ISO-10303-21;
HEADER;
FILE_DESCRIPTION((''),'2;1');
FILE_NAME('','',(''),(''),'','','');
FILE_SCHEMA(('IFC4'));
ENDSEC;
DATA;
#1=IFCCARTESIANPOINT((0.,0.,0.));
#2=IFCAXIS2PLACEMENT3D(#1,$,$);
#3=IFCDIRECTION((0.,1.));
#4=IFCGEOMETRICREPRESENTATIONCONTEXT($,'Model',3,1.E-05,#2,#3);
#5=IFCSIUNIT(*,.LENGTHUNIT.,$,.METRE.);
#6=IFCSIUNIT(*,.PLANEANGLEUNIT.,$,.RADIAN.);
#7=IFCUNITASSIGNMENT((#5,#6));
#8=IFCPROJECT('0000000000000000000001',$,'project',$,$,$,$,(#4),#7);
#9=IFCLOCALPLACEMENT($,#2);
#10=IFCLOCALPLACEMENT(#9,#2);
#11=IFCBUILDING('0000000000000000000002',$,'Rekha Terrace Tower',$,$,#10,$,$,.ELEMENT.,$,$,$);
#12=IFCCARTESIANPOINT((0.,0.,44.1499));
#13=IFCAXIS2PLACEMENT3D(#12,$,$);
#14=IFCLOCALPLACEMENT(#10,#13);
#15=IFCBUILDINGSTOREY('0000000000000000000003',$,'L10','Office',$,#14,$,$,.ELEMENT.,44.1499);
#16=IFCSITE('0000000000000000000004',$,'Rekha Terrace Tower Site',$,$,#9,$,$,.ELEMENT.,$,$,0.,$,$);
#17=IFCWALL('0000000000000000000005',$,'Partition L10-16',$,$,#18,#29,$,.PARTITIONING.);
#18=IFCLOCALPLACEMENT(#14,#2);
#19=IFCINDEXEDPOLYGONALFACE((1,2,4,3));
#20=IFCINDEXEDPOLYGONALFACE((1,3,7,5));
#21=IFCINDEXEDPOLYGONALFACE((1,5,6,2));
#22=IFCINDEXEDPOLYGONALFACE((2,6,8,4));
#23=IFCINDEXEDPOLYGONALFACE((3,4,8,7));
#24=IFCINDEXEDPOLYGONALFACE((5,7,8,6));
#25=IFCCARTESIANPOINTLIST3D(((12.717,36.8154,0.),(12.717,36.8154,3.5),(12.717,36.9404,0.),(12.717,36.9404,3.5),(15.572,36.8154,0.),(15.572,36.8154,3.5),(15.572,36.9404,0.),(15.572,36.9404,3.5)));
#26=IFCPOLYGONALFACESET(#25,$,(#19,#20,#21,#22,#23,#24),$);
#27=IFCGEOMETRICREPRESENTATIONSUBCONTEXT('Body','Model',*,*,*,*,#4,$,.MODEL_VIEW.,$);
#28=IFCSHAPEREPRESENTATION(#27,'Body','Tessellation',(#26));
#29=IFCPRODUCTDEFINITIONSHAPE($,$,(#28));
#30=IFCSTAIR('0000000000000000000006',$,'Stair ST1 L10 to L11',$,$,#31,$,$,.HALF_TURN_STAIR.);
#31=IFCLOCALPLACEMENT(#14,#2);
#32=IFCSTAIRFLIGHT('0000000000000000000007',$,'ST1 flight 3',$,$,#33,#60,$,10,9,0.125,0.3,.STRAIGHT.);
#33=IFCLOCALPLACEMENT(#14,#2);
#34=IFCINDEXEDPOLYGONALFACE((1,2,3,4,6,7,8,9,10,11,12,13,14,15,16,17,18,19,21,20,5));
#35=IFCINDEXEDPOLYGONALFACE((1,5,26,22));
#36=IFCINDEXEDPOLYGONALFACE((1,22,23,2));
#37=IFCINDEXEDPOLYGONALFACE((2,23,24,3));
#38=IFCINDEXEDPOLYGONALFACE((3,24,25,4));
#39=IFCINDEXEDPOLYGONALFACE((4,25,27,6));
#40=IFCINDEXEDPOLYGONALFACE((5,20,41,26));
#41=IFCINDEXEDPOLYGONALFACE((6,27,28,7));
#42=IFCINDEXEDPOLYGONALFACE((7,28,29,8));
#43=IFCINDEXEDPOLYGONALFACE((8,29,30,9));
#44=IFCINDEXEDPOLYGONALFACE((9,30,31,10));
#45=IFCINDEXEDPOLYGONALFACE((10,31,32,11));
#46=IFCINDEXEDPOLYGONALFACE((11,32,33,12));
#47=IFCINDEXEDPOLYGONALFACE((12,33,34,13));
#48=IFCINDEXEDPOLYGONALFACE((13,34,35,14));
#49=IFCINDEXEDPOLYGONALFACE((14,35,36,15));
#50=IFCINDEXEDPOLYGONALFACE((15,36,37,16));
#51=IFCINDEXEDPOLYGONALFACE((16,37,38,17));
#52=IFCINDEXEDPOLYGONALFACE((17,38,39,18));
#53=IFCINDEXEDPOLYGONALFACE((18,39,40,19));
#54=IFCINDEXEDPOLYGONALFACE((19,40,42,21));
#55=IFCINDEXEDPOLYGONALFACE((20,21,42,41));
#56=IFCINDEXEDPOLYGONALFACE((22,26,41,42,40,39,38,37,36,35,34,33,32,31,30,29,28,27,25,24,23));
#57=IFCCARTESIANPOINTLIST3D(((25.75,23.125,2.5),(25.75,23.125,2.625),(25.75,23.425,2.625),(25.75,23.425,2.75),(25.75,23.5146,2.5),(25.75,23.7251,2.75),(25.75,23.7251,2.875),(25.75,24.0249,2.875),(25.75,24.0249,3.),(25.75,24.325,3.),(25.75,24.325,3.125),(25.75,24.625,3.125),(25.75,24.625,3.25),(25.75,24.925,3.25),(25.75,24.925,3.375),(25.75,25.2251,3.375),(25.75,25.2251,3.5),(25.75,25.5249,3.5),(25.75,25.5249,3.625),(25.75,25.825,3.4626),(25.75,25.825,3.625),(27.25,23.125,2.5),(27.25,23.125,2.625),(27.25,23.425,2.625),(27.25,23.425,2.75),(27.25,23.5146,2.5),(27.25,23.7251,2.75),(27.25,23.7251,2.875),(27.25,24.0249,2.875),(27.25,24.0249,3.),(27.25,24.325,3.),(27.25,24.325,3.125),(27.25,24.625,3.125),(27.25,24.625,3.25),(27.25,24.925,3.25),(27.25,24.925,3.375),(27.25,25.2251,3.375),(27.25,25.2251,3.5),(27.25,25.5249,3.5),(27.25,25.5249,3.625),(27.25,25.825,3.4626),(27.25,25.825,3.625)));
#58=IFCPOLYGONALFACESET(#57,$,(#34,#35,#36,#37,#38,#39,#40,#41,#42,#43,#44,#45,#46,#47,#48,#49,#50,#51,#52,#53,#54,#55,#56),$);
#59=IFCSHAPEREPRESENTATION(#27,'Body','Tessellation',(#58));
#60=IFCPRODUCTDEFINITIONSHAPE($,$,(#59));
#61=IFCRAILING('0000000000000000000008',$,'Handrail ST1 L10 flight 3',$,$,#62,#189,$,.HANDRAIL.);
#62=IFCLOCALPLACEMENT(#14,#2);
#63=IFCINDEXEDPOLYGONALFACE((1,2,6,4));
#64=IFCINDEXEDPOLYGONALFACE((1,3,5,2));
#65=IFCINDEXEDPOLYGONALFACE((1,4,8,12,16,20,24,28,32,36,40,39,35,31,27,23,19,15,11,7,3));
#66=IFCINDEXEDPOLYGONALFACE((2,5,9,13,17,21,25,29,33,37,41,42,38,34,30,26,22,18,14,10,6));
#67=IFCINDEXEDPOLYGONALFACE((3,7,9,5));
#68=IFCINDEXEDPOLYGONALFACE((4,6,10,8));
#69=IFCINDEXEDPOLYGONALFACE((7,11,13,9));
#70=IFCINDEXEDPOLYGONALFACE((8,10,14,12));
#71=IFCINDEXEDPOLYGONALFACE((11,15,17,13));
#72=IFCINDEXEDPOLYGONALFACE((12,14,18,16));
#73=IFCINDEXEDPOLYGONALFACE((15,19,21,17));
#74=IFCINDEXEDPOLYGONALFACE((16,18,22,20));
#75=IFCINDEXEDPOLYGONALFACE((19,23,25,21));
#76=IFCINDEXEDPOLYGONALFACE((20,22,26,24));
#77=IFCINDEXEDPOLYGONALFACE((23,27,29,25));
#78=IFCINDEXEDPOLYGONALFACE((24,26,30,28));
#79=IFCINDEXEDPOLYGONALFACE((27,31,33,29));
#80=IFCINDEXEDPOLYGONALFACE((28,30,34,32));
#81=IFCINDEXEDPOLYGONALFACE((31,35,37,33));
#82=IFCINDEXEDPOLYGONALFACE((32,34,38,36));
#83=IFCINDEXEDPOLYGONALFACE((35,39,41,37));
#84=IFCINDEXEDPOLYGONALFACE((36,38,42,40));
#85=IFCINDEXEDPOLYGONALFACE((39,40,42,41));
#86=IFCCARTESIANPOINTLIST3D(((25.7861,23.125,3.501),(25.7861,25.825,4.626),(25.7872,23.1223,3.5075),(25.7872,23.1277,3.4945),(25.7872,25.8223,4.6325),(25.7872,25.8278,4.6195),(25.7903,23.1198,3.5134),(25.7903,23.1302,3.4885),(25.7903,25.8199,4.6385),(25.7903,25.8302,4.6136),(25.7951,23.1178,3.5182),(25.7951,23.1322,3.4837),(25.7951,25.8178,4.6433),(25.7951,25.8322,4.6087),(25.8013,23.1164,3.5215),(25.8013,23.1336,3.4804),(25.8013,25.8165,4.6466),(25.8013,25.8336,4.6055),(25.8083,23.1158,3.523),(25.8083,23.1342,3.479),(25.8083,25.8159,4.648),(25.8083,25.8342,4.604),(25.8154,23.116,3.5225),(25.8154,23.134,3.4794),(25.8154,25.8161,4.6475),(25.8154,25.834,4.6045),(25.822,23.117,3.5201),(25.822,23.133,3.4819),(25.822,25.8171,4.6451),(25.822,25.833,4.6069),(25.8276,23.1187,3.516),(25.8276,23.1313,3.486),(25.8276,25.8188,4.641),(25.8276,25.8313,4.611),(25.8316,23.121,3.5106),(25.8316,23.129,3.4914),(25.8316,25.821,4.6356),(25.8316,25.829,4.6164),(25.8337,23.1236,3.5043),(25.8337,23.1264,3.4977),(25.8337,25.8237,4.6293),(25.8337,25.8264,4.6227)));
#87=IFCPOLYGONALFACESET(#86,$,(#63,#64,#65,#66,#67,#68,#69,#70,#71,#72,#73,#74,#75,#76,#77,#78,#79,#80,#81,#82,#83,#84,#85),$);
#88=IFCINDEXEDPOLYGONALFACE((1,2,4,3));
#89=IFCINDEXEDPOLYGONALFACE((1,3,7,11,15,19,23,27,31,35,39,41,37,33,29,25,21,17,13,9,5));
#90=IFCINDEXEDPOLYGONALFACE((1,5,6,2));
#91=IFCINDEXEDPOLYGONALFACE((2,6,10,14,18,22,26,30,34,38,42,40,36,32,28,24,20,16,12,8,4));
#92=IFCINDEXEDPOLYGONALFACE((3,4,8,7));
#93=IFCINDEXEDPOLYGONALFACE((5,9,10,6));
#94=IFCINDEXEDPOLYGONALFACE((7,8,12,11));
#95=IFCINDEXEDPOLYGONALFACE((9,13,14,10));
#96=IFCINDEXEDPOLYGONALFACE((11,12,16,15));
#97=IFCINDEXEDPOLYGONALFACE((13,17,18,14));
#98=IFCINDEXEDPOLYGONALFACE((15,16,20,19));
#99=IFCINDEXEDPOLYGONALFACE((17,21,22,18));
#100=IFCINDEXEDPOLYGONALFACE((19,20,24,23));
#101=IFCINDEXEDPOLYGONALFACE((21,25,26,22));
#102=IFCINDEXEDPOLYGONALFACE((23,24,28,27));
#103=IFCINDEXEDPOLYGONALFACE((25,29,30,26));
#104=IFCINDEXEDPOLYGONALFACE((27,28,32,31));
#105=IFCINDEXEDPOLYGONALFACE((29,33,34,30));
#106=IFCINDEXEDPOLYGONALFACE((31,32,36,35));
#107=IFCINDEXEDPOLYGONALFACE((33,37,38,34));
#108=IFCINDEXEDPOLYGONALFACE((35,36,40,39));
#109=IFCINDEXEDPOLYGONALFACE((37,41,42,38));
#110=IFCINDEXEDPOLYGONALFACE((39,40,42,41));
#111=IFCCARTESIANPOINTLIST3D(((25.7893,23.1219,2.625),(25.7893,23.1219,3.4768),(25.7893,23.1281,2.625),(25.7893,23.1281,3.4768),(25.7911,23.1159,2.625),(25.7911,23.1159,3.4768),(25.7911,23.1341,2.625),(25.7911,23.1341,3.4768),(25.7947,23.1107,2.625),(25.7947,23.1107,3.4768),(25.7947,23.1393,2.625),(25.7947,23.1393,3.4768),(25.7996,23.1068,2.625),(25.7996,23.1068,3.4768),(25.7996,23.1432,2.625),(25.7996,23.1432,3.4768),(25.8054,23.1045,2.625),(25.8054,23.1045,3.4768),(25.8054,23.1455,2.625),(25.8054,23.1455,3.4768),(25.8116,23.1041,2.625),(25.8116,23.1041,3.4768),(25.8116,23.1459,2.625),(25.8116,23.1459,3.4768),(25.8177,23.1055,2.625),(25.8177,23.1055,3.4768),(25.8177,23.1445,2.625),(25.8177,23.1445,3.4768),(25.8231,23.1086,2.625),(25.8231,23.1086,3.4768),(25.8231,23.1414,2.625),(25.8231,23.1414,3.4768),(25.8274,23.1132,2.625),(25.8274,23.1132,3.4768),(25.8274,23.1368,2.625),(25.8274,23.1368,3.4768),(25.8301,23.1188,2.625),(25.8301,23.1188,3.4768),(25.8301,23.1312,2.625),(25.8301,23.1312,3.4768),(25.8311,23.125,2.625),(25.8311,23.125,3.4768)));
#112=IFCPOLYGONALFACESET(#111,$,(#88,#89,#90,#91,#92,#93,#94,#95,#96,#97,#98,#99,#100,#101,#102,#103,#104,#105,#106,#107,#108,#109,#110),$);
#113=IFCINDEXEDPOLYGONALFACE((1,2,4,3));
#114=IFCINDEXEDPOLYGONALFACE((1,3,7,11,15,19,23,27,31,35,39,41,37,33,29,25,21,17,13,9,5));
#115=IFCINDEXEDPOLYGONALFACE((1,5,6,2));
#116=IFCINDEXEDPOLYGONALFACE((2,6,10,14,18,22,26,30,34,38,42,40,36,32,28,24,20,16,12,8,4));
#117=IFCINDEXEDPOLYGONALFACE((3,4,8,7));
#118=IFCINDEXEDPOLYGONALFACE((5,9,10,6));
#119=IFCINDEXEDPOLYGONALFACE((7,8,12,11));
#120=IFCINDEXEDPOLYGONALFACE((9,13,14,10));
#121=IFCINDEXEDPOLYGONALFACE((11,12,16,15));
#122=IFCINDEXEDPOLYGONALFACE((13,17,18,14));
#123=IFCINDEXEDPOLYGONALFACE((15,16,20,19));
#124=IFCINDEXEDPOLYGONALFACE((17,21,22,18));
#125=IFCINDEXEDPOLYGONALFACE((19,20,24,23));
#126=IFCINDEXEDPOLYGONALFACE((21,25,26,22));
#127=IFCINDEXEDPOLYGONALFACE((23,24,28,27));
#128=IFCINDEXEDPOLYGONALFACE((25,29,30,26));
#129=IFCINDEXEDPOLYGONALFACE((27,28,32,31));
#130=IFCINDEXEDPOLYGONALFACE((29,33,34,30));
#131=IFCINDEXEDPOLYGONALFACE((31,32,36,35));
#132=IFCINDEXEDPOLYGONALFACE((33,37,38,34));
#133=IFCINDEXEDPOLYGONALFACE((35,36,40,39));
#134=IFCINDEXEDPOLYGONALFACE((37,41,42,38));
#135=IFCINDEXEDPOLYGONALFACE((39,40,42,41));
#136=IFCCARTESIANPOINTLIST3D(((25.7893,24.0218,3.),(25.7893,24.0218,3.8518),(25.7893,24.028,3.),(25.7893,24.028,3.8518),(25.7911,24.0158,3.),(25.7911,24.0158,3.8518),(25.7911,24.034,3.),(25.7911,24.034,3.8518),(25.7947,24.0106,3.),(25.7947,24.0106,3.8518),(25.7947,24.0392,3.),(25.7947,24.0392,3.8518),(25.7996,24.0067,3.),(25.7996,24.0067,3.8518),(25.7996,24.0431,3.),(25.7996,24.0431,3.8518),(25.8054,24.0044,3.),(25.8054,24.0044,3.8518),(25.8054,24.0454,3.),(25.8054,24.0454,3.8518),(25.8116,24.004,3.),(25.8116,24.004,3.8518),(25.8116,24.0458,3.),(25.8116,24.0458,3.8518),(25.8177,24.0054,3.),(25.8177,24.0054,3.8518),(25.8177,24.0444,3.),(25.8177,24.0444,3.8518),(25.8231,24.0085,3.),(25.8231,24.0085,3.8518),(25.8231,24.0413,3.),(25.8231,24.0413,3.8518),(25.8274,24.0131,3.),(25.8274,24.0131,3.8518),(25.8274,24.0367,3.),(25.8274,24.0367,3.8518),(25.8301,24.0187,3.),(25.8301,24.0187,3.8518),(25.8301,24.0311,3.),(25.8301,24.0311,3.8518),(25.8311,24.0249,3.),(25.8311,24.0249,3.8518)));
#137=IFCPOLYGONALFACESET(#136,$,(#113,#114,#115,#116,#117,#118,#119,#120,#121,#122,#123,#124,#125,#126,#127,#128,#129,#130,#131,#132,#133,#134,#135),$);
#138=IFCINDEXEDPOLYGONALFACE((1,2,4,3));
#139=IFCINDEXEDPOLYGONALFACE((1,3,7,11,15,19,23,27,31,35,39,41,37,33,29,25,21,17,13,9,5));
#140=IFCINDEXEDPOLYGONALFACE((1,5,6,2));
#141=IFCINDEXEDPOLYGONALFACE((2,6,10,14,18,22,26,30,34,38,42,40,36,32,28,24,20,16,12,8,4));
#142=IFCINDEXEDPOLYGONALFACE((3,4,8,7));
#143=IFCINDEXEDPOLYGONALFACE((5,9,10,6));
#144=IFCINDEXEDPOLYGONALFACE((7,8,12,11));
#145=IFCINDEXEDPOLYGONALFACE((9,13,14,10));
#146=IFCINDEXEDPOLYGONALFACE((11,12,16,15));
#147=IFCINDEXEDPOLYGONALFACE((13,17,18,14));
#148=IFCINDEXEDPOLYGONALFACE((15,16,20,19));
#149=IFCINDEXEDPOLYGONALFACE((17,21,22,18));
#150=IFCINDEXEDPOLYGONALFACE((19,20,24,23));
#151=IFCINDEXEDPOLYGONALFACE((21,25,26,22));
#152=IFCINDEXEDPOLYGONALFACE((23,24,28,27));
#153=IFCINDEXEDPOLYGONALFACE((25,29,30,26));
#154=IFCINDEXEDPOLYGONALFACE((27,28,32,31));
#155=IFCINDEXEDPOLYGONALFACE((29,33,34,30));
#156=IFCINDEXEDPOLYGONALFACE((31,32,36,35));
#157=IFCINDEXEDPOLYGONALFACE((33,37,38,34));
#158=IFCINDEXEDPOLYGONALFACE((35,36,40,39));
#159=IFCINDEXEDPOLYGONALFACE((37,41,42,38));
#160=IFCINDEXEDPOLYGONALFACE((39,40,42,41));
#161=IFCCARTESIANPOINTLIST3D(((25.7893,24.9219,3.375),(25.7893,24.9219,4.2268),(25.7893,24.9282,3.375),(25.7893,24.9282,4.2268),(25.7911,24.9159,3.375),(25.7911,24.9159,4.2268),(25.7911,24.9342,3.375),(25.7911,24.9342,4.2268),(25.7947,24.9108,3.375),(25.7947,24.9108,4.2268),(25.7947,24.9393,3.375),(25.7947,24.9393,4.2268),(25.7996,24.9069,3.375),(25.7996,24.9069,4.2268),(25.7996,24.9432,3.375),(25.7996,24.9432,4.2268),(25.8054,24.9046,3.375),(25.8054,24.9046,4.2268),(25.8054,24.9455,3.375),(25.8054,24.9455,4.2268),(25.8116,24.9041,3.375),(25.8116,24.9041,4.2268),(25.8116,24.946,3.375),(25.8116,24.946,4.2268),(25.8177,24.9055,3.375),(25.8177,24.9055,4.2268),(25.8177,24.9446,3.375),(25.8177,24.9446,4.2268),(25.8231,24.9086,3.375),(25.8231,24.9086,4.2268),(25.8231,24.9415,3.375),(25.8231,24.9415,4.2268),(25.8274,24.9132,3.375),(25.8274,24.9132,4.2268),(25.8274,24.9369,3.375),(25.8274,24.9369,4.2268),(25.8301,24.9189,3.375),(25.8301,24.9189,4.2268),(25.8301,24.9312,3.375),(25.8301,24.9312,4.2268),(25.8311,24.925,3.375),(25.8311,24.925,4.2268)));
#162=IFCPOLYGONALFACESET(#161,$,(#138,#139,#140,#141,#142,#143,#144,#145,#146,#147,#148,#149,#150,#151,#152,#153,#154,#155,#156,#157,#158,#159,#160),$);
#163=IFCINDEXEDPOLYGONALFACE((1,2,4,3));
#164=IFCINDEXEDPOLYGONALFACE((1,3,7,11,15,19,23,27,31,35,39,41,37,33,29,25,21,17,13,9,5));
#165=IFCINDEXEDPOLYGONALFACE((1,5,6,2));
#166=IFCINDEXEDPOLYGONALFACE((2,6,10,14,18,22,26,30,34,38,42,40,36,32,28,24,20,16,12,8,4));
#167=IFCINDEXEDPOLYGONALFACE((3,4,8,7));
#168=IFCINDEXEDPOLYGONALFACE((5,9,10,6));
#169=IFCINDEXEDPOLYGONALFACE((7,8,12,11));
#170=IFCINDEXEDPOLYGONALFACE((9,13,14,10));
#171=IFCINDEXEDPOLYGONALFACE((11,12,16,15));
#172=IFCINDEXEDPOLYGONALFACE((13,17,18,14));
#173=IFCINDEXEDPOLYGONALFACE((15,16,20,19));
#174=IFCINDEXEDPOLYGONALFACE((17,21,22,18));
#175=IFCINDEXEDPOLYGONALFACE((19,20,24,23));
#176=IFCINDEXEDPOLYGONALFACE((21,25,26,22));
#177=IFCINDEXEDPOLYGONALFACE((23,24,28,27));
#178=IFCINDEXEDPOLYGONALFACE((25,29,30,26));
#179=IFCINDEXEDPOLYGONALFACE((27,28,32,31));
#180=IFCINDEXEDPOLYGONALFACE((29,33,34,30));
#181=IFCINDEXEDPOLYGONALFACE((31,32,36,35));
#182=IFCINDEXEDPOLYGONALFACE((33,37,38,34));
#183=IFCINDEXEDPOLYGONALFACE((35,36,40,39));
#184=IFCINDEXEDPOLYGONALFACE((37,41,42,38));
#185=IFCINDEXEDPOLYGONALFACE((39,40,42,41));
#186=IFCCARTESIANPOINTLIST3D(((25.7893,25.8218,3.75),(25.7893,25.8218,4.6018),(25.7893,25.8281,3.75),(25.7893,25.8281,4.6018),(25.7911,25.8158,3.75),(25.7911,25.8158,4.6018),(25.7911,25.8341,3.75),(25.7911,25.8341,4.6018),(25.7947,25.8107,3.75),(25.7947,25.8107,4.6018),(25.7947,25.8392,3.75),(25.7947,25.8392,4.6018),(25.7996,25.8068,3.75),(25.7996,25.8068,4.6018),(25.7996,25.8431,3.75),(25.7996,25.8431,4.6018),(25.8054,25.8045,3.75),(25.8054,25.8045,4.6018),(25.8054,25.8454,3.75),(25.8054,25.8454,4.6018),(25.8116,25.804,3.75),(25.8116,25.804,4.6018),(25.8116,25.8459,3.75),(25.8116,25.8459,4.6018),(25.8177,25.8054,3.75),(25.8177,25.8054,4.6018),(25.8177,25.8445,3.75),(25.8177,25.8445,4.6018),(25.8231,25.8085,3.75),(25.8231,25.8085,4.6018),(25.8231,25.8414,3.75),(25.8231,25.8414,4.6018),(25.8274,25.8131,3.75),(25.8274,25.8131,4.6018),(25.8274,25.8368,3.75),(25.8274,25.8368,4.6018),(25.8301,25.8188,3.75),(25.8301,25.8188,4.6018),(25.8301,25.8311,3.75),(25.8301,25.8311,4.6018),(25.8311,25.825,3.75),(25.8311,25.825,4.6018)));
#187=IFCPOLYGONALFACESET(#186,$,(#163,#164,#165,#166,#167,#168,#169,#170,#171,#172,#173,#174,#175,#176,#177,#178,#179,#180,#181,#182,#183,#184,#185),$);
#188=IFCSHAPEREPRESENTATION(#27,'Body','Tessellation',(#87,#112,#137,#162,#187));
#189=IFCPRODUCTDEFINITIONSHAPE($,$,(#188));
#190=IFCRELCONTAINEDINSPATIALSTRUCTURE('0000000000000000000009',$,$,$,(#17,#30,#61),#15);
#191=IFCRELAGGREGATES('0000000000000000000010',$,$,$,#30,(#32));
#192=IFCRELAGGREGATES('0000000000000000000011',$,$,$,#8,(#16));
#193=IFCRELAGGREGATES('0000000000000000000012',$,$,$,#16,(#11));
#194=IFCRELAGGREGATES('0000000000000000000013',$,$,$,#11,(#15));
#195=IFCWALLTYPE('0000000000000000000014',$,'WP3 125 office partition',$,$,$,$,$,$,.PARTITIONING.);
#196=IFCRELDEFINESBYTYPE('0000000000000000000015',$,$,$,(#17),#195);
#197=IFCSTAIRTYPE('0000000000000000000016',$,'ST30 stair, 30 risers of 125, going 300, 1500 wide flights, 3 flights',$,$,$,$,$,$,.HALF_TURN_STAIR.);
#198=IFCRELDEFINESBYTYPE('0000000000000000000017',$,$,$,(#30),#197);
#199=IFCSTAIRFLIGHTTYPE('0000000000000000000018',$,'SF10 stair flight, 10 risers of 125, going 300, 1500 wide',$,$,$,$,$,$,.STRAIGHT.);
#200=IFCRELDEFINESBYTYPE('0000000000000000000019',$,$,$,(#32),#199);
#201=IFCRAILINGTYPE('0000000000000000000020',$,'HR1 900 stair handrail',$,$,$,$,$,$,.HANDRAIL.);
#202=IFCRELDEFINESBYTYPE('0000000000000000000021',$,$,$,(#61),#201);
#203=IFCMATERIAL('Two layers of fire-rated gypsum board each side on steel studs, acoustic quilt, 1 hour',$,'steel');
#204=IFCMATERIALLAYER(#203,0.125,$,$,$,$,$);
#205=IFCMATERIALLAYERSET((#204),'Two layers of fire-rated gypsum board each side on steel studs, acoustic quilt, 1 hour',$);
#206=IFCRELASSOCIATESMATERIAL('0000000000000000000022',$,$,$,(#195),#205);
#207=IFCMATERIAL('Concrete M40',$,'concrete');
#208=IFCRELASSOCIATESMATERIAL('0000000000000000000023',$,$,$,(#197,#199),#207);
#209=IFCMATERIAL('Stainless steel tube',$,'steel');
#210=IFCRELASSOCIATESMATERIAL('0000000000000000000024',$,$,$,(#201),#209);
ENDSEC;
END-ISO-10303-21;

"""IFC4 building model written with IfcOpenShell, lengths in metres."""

from ifc_helpers import new_model, si_unit, direction, frame, frame_2d, origin, origin_2d, place, context, subcontext, project, spatial, polyline, rectangle, circle, outline, extrude, material, layer, layer_set, type_object, element, aggregate, save


model = new_model("IFC4")

# Units and contexts
model_context = context("Model", 3, precision=1e-05, world=origin(), true_north=direction((0.0, 1.0)))
body_context = subcontext(model_context, "Body", "Model", "MODEL_VIEW")
ifc_project = project(units=[si_unit("LENGTHUNIT", "METRE"), si_unit("PLANEANGLEUNIT", "RADIAN")], contexts=[model_context])

# Site, building, storey
site_placement = place(None, origin())
site = spatial("IfcSite", under=ifc_project, at=site_placement, Name="Rekha Terrace Tower Site", CompositionType="ELEMENT", RefElevation=0.0)
building_placement = place(site_placement, origin())
building = spatial("IfcBuilding", under=site, at=building_placement, Name="Rekha Terrace Tower", CompositionType="ELEMENT")
storey_placement = place(building_placement, frame((0.0, 0.0, 44.1499)))
storey = spatial("IfcBuildingStorey", under=building, at=storey_placement, Name="L10", Description="Office", CompositionType="ELEMENT", Elevation=44.1499)

# Wall
ifc_material_1 = material(Name="Two layers of fire-rated gypsum board each side on steel studs, acoustic quilt, 1 hour", Category="steel")
ifc_layer_1 = layer(ifc_material_1, 0.125)
ifc_layer_set_1 = layer_set([ifc_layer_1], Name="Two layers of fire-rated gypsum board each side on steel studs, acoustic quilt, 1 hour")
wall_type_1 = type_object("IfcWallType", Name="WP3 125 office partition", PredefinedType="PARTITIONING", material=ifc_layer_set_1)
wall_1_placement = place(storey_placement, frame((15.572, 36.8779, 0.0), z_axis=(0.0, 0.0, 1.0), x_axis=(-1.0, 0.0, 0.0)))
element("IfcWall", 1, at=wall_1_placement, inside=storey, type_object=wall_type_1, Name="Partition L10-16", PredefinedType="PARTITIONING", context=body_context, shape_type="SweptSolid", body=[
    extrude(rectangle(XDim=2.855, YDim=0.125, at=frame_2d((1.4275, 0.0))), origin(), (0.0, 0.0, 1.0), 3.5),
])

# Stair, stair flight
ifc_material_2 = material(Name="Concrete M40", Category="concrete")
stair_type = type_object("IfcStairType", Name="ST30 stair, 30 risers of 125, going 300, 1500 wide flights, 3 flights", PredefinedType="HALF_TURN_STAIR", material=ifc_material_2)
stair_placement = place(storey_placement, origin())
stair = element("IfcStair", 2, at=stair_placement, inside=storey, type_object=stair_type, Name="Stair ST1 L10 to L11", PredefinedType="HALF_TURN_STAIR")
stair_flight_type = type_object("IfcStairFlightType", Name="SF10 stair flight, 10 risers of 125, going 300, 1500 wide", PredefinedType="STRAIGHT", material=ifc_material_2)
stair_flight_placement = place(storey_placement, frame((26.5, 23.125, 2.5), z_axis=(0.0, 0.0, 1.0), x_axis=(0.0, 1.0, 0.0)))
stair_flight = element("IfcStairFlight", 3, at=stair_flight_placement, type_object=stair_flight_type, Name="ST1 flight 3", NumberOfRisers=10, NumberOfTreads=9, PredefinedType="STRAIGHT", RiserHeight=0.125, TreadLength=0.3, context=body_context, shape_type="SweptSolid", body=[
    extrude(outline(polyline([(0.0, 0.0), (0.0, 0.125), (0.3, 0.125), (0.3, 0.25), (0.6001, 0.25), (0.6001, 0.375), (0.8999, 0.375), (0.8999, 0.5), (1.2, 0.5), (1.2, 0.625), (1.5, 0.625), (1.5, 0.75), (1.8, 0.75), (1.8, 0.875), (2.1001, 0.875), (2.1001, 1.0), (2.3999, 1.0), (2.3999, 1.125), (2.7, 1.125), (2.7, 1.25), (2.7, 0.9626), (0.3896, 0.0), (0.0, 0.0)])), frame((0.0, 0.75, 0.0), z_axis=(0.0, -1.0, 0.0), x_axis=(1.0, 0.0, 0.0)), (0.0, 0.0, 1.0), 1.5),
])
aggregate(stair, [stair_flight])

# Railing
ifc_material_3 = material(Name="Stainless steel tube", Category="steel")
railing_type = type_object("IfcRailingType", Name="HR1 900 stair handrail", PredefinedType="HANDRAIL", material=ifc_material_3)
railing_placement = place(storey_placement, frame((25.8101, 23.125, 2.625)))
element("IfcRailing", 4, at=railing_placement, inside=storey, type_object=railing_type, Name="Handrail ST1 L10 flight 3", PredefinedType="HANDRAIL", context=body_context, shape_type="SweptSolid", body=[
    extrude(circle(Radius=0.0239, at=origin_2d()), frame((0.0, 0.0, 0.876), z_axis=(0.0, 0.923074, 0.384621), x_axis=(-1.0, 0.0, 0.0)), (0.0, 0.0, 1.0), 2.925),
    extrude(circle(Radius=0.021, at=origin_2d()), origin(), (0.0, 0.0, 1.0), 0.8518),
    extrude(circle(Radius=0.021, at=origin_2d()), frame((0.0, 0.8999, 0.375)), (0.0, 0.0, 1.0), 0.8518),
    extrude(circle(Radius=0.021, at=origin_2d()), frame((0.0, 1.8, 0.75)), (0.0, 0.0, 1.0), 0.8518),
    extrude(circle(Radius=0.021, at=origin_2d()), frame((0.0, 2.7, 1.125)), (0.0, 0.0, 1.0), 0.8518),
])

save(model, "model.ifc")
